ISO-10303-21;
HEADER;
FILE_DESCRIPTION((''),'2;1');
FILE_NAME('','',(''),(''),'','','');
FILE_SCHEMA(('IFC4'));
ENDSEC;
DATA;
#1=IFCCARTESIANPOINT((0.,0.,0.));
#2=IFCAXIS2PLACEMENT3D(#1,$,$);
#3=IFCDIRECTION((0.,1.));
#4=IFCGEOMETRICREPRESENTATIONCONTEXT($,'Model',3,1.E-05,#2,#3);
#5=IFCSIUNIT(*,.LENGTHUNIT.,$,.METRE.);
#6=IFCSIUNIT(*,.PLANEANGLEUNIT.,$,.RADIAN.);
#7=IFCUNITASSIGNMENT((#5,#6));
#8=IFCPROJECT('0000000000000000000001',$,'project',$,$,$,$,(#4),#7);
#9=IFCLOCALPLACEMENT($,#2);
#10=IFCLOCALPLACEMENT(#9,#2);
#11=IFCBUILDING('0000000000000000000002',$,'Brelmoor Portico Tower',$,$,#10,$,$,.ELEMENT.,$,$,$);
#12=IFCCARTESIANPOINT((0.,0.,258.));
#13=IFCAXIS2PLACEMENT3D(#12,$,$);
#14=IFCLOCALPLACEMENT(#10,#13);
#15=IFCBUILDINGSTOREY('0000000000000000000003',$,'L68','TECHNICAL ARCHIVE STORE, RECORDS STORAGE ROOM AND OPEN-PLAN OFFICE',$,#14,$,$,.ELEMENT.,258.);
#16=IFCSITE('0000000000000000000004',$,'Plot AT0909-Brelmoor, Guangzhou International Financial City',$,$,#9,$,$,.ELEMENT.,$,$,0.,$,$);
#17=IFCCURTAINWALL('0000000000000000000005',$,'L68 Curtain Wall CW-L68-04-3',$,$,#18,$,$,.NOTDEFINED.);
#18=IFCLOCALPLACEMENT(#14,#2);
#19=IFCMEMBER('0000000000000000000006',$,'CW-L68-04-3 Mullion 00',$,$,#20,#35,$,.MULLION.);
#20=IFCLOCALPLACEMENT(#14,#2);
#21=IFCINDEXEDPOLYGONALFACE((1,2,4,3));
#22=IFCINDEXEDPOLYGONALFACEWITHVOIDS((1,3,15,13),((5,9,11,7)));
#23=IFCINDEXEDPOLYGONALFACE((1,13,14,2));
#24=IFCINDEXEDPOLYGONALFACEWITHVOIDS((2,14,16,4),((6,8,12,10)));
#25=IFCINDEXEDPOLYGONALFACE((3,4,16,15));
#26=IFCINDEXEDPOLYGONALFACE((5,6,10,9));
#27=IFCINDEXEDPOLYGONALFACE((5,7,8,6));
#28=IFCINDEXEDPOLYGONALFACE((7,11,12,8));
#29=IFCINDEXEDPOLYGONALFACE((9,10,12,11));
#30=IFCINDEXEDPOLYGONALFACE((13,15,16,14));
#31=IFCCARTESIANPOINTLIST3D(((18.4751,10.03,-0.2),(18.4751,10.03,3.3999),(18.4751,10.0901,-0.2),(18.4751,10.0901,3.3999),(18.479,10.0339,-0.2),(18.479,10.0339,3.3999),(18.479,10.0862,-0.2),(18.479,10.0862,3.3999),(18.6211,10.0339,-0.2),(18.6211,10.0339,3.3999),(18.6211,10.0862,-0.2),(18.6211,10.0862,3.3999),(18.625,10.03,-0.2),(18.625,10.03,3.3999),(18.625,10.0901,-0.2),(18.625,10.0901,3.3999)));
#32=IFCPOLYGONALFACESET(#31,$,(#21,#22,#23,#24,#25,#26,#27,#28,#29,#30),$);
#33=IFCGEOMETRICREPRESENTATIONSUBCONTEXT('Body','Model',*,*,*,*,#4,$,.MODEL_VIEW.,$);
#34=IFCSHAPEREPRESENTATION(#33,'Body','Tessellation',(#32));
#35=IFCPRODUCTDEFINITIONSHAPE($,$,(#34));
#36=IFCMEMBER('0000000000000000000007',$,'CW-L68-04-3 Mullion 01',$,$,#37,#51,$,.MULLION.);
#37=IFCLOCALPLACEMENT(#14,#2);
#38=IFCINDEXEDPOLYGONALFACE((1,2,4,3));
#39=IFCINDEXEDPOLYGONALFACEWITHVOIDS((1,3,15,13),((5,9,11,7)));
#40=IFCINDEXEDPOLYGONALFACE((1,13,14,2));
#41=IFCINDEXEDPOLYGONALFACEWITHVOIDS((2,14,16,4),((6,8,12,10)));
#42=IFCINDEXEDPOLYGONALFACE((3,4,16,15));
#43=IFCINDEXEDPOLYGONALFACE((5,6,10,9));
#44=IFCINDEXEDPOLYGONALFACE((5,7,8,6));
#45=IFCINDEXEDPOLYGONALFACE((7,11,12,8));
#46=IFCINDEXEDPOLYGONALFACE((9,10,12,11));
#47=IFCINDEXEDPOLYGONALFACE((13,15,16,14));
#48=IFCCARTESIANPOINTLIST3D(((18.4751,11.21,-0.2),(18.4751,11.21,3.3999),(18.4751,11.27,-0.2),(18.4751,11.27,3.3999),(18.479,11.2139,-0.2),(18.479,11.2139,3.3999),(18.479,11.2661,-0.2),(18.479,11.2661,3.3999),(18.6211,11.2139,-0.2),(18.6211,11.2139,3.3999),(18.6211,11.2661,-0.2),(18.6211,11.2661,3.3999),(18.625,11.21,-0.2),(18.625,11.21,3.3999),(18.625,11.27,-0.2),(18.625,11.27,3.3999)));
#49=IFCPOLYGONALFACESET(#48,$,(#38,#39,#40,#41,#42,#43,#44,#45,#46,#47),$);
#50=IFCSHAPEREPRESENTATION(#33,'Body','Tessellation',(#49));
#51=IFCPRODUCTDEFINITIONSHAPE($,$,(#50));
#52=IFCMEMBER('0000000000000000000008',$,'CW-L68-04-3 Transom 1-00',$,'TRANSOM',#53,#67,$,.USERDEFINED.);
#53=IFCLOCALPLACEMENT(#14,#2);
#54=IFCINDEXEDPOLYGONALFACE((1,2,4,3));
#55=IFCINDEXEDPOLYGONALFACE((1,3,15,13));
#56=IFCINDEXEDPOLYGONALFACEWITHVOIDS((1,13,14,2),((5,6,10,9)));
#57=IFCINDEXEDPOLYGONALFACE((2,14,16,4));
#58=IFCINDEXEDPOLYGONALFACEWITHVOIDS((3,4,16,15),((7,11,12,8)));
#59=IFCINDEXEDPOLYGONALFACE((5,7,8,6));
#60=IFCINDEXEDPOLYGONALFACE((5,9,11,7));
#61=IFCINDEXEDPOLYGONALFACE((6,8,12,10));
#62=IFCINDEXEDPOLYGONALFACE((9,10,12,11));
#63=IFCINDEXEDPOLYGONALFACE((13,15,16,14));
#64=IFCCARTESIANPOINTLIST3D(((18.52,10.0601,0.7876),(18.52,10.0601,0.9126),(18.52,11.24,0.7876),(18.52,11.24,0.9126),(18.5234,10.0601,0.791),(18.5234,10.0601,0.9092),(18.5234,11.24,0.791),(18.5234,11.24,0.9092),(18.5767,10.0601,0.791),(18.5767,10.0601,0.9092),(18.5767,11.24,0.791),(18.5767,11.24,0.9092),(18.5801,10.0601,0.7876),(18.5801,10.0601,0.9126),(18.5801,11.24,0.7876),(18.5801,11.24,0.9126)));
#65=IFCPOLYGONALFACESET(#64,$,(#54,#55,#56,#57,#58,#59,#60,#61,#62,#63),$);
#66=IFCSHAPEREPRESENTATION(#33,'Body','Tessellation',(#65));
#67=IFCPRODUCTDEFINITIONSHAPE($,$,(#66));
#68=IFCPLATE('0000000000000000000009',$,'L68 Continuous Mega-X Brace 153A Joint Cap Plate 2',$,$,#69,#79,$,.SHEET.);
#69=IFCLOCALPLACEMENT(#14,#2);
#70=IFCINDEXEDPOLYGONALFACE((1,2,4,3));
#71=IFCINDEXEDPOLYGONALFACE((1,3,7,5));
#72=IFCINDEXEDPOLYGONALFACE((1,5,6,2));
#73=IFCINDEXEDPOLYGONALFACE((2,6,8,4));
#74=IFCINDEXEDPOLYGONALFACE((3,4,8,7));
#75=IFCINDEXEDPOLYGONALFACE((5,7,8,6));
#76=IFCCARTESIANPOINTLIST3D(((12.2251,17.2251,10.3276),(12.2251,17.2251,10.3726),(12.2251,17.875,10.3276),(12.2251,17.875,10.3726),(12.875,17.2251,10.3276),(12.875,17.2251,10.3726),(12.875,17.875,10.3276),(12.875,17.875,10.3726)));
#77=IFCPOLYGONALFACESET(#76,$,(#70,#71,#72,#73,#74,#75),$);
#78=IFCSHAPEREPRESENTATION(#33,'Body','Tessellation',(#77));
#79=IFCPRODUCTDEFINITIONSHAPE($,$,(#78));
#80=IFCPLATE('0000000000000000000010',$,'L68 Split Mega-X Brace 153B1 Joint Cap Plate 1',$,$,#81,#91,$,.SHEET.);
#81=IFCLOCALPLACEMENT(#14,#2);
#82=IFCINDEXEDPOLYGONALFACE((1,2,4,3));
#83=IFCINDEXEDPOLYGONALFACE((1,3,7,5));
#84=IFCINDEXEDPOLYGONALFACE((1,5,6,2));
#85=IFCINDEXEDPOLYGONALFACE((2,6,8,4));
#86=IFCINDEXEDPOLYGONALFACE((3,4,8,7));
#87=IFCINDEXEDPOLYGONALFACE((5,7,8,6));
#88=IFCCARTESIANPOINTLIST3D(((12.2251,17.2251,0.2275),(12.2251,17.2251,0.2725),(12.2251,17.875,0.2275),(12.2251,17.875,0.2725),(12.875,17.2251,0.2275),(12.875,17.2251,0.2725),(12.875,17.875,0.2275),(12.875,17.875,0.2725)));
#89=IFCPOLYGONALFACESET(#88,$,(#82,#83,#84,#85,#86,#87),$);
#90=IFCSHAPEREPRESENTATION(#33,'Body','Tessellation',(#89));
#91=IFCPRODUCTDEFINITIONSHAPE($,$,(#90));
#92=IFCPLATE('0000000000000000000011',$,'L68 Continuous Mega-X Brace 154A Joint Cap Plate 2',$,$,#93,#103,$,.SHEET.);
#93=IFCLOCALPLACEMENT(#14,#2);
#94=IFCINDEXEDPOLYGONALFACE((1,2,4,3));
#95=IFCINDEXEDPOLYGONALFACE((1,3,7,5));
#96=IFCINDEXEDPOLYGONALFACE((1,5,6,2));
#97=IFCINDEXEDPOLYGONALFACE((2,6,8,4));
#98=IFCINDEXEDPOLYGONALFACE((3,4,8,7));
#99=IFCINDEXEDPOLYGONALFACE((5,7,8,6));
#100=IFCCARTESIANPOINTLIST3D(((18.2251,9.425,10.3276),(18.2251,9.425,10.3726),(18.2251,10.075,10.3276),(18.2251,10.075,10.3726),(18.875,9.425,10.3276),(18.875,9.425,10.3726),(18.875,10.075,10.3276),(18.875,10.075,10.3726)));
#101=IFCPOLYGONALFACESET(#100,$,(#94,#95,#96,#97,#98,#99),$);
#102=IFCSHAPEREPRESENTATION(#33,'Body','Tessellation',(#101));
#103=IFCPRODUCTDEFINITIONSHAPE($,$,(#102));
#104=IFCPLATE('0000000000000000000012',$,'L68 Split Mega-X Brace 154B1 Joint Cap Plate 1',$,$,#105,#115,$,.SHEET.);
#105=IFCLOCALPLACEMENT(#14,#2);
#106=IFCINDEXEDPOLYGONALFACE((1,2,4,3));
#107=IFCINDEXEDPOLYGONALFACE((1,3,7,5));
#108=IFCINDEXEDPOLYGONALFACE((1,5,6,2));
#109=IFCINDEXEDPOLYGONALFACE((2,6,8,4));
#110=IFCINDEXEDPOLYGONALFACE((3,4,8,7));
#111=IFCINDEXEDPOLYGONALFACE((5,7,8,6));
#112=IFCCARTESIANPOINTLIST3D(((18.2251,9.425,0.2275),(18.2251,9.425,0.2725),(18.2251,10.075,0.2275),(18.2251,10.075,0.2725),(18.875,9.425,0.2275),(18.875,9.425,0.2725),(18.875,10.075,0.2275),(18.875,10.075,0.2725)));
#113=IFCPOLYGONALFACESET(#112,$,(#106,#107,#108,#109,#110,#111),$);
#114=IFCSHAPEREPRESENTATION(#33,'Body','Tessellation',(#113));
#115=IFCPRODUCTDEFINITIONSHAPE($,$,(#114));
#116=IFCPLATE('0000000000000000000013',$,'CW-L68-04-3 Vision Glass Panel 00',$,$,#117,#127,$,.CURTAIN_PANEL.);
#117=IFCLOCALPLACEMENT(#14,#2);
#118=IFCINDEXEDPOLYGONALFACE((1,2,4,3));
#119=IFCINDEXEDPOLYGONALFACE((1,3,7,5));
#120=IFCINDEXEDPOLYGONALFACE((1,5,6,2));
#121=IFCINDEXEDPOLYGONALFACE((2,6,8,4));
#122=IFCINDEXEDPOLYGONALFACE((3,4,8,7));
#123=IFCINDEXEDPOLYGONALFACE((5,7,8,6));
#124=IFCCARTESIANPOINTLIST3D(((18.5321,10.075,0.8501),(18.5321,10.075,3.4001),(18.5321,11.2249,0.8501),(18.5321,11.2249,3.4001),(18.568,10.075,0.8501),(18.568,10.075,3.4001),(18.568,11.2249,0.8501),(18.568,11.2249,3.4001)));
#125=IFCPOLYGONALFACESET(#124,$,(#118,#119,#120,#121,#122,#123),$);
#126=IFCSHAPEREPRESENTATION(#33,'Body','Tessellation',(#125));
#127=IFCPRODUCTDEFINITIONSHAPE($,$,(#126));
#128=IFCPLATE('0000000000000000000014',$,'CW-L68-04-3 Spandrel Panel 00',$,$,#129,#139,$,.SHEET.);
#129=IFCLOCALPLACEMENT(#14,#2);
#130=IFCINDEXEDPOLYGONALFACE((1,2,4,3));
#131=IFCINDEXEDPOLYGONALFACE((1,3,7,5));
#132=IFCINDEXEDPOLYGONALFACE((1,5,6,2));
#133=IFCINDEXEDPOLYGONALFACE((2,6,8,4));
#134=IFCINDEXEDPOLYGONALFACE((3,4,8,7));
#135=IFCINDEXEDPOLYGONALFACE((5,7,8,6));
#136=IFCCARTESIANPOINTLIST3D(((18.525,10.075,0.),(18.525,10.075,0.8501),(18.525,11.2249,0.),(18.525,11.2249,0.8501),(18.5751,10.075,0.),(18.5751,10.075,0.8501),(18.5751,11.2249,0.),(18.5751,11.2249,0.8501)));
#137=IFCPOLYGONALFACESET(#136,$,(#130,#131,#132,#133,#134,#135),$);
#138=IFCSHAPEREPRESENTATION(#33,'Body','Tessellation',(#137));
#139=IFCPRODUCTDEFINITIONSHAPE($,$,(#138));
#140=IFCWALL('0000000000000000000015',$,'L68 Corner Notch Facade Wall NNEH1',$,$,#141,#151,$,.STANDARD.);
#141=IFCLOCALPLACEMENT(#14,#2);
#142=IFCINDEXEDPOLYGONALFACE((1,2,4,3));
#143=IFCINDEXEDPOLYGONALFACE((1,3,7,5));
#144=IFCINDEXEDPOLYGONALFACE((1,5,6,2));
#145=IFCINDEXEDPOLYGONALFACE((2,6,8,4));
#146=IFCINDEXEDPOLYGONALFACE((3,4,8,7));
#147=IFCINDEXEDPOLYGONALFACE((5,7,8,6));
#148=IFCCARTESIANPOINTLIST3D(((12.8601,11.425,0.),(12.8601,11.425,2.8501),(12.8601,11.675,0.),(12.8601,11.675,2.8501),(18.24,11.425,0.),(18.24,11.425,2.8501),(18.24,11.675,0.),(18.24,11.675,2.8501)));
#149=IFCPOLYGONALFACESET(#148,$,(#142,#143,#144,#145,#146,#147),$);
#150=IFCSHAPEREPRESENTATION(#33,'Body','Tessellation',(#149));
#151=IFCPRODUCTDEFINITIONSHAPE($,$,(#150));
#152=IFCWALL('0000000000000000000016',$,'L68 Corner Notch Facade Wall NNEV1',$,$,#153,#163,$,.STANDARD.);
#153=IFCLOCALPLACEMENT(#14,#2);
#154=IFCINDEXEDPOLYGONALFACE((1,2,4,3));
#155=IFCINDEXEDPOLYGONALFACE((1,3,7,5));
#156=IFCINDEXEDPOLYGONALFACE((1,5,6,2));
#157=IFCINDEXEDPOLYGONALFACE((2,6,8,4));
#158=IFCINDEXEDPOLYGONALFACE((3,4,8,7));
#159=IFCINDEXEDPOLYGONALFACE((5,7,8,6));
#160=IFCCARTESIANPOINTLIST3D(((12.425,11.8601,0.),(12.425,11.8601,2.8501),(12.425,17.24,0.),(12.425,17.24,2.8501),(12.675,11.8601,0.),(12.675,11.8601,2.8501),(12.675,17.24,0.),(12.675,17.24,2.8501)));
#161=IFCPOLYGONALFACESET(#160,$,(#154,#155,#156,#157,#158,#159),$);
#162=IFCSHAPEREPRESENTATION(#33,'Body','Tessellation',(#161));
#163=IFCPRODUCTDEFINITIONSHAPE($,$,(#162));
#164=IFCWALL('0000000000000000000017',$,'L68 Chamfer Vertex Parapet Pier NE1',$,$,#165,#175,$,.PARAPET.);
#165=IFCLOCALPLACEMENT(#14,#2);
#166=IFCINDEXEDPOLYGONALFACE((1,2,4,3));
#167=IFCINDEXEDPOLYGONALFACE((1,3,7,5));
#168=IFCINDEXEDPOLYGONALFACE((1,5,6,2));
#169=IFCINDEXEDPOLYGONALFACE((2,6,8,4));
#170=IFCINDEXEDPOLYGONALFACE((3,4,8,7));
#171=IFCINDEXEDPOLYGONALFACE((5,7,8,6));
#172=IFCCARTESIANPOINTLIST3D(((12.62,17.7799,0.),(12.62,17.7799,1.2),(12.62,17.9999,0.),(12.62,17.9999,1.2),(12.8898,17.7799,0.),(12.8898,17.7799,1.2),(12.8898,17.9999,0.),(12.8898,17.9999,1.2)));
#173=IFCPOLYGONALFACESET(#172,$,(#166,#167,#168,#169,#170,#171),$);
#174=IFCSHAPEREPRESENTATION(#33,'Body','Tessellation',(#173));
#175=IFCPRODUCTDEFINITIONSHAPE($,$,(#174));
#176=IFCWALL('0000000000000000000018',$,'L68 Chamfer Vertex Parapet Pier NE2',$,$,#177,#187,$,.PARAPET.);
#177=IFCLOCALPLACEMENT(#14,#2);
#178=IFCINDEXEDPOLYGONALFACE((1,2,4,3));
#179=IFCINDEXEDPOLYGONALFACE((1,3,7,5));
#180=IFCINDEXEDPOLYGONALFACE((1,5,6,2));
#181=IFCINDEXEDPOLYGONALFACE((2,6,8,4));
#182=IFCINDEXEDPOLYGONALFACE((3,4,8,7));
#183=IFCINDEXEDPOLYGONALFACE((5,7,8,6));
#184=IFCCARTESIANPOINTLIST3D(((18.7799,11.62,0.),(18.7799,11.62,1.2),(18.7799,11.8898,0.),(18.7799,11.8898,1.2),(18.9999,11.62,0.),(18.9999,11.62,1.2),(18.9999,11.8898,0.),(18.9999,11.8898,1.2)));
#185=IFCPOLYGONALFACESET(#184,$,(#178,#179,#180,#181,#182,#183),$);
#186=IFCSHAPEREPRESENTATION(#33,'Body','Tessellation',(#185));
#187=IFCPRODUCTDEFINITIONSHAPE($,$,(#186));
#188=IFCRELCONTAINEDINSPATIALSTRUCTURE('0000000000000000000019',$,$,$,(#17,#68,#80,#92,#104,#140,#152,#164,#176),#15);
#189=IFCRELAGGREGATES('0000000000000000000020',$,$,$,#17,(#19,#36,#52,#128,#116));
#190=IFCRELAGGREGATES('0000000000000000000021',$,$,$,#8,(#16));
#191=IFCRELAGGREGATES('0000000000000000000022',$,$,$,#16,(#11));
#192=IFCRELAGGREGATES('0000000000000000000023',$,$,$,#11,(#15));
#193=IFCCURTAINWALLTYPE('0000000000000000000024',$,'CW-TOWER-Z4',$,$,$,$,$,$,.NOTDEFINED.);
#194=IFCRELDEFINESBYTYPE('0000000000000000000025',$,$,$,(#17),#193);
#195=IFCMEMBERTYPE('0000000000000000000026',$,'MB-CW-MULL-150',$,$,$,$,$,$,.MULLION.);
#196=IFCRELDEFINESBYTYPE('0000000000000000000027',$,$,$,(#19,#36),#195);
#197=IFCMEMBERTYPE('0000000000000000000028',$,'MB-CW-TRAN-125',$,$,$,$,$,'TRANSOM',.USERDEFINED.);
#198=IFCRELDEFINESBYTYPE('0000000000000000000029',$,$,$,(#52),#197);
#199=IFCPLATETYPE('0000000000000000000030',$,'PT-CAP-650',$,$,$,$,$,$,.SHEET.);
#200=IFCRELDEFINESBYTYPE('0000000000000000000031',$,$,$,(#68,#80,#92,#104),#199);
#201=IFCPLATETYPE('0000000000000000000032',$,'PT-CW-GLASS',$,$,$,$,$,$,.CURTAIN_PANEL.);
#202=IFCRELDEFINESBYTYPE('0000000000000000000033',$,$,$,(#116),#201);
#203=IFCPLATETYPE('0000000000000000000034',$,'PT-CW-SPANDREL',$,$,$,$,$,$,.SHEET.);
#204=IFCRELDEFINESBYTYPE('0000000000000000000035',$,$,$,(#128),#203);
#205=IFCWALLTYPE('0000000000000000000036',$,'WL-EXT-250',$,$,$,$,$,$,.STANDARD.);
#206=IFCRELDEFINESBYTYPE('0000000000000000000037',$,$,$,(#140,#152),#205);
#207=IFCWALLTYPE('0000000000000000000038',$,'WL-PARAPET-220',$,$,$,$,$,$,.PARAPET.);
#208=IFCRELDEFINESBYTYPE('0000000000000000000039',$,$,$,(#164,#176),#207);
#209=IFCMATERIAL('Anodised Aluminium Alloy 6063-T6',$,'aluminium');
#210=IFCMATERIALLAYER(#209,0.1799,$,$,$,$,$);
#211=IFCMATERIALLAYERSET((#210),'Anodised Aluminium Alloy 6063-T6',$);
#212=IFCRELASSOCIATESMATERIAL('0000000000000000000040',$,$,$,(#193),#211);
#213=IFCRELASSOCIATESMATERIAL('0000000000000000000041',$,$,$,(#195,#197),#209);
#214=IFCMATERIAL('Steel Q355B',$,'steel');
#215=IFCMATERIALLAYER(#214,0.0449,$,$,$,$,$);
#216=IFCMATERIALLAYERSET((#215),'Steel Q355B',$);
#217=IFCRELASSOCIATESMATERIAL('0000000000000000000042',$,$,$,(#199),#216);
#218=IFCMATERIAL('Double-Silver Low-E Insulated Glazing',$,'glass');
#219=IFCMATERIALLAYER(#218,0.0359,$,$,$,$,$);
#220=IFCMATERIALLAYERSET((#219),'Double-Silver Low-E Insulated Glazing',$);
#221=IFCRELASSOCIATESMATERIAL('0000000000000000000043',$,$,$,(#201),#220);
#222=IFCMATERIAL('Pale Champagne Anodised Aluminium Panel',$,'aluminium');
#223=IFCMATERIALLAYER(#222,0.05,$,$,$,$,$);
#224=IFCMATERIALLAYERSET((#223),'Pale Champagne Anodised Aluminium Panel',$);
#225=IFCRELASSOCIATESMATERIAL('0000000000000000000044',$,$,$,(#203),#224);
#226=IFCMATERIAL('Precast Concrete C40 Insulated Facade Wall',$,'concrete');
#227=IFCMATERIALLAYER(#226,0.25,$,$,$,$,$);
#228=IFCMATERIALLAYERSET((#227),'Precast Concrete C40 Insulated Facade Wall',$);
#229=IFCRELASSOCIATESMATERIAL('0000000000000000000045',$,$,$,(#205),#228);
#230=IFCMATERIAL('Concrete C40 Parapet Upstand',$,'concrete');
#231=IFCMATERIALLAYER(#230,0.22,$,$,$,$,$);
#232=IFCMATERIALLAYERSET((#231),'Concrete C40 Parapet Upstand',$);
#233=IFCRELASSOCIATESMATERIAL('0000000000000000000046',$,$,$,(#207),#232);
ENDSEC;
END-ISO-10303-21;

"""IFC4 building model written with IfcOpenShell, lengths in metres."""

from ifc_helpers import new_model, si_unit, direction, frame, frame_2d, origin, origin_2d, place, context, subcontext, project, spatial, rectangle, hollow_rectangle, extrude, material, layer, layer_set, material_profile, profile_set, type_object, element, aggregate, save


model = new_model("IFC4")

# Units and contexts
model_context = context("Model", 3, precision=1e-05, world=origin(), true_north=direction((0.0, 1.0)))
body_context = subcontext(model_context, "Body", "Model", "MODEL_VIEW")
ifc_project = project(units=[si_unit("LENGTHUNIT", "METRE"), si_unit("PLANEANGLEUNIT", "RADIAN")], contexts=[model_context])

# Site, building, storey
site_placement = place(None, origin())
site = spatial("IfcSite", under=ifc_project, at=site_placement, Name="Plot AT0909-Brelmoor, Guangzhou International Financial City", CompositionType="ELEMENT", RefElevation=0.0)
building_placement = place(site_placement, origin())
building = spatial("IfcBuilding", under=site, at=building_placement, Name="Brelmoor Portico Tower", CompositionType="ELEMENT")
storey_placement = place(building_placement, frame((0.0, 0.0, 258.0)))
storey = spatial("IfcBuildingStorey", under=building, at=storey_placement, Name="L68", Description="TECHNICAL ARCHIVE STORE, RECORDS STORAGE ROOM AND OPEN-PLAN OFFICE", CompositionType="ELEMENT", Elevation=258.0)

# Shared definitions
ifc_material_1 = material(Name="Steel Q355B", Category="steel")

# Curtain wall, members
ifc_material_2 = material(Name="Anodised Aluminium Alloy 6063-T6", Category="aluminium")
ifc_layer_1 = layer(ifc_material_2, 0.1799)
ifc_layer_set_1 = layer_set([ifc_layer_1], Name="Anodised Aluminium Alloy 6063-T6")
curtain_wall_type = type_object("IfcCurtainWallType", Name="CW-TOWER-Z4", PredefinedType="NOTDEFINED", material=ifc_layer_set_1)
curtain_wall_placement = place(storey_placement, origin())
curtain_wall = element("IfcCurtainWall", 1, at=curtain_wall_placement, inside=storey, type_object=curtain_wall_type, Name="L68 Curtain Wall CW-L68-04-3", PredefinedType="NOTDEFINED")
ifc_material_profile_1 = material_profile(ifc_material_2, hollow_rectangle(XDim=0.0601, YDim=0.1499, WallThickness=0.0039, at=origin_2d()), Name="ALU MULLION 60x150")
ifc_profile_set_1 = profile_set([ifc_material_profile_1], Name="Anodised Aluminium Alloy 6063-T6")
member_type_1 = type_object("IfcMemberType", Name="MB-CW-MULL-150", PredefinedType="MULLION", material=ifc_profile_set_1)
member_1_placement = place(storey_placement, frame((18.55, 10.0601, -0.2), z_axis=(0.0, 0.0, 1.0), x_axis=(0.0, 1.0, 0.0)))
member_1 = element("IfcMember", 2, at=member_1_placement, type_object=member_type_1, Name="CW-L68-04-3 Mullion 00", PredefinedType="MULLION", context=body_context, shape_type="SweptSolid", body=[
    extrude(hollow_rectangle(XDim=0.0601, YDim=0.1499, WallThickness=0.0039, at=origin_2d()), origin(), (0.0, 0.0, 1.0), 3.5999),
])
member_2_placement = place(storey_placement, frame((18.55, 11.24, -0.2), z_axis=(0.0, 0.0, 1.0), x_axis=(0.0, 1.0, 0.0)))
member_2 = element("IfcMember", 3, at=member_2_placement, type_object=member_type_1, Name="CW-L68-04-3 Mullion 01", PredefinedType="MULLION", context=body_context, shape_type="SweptSolid", body=[
    extrude(hollow_rectangle(XDim=0.0601, YDim=0.1499, WallThickness=0.0039, at=origin_2d()), origin(), (0.0, 0.0, 1.0), 3.5999),
])
ifc_material_profile_2 = material_profile(ifc_material_2, hollow_rectangle(XDim=0.0601, YDim=0.125, WallThickness=0.0034, at=origin_2d()), Name="ALU TRANSOM 60x125")
ifc_profile_set_2 = profile_set([ifc_material_profile_2], Name="Anodised Aluminium Alloy 6063-T6")
member_type_2 = type_object("IfcMemberType", Name="MB-CW-TRAN-125", ElementType="TRANSOM", PredefinedType="USERDEFINED", material=ifc_profile_set_2)
member_3_placement = place(storey_placement, frame((18.55, 10.0601, 0.8501), z_axis=(0.0, 1.0, 0.0), x_axis=(-1.0, 0.0, 0.0)))
member_3 = element("IfcMember", 4, at=member_3_placement, type_object=member_type_2, Name="CW-L68-04-3 Transom 1-00", ObjectType="TRANSOM", PredefinedType="USERDEFINED", context=body_context, shape_type="SweptSolid", body=[
    extrude(hollow_rectangle(XDim=0.0601, YDim=0.125, WallThickness=0.0034, at=origin_2d()), origin(), (0.0, 0.0, 1.0), 1.1799),
])

# Plates
ifc_layer_2 = layer(ifc_material_1, 0.0449)
ifc_layer_set_2 = layer_set([ifc_layer_2], Name="Steel Q355B")
plate_type_1 = type_object("IfcPlateType", Name="PT-CAP-650", PredefinedType="SHEET", material=ifc_layer_set_2)
for number, where, z_axis, x_axis, name in (
    (5, (12.55, 17.55, 10.3276), (0.0, 0.0, 1.0), (1.0, 0.0, 0.0), "L68 Continuous Mega-X Brace 153A Joint Cap Plate 2"),
    (6, (12.55, 17.55, 0.2275), (0.0, 0.0, 1.0), (1.0, 0.0, 0.0), "L68 Split Mega-X Brace 153B1 Joint Cap Plate 1"),
    (7, (18.55, 9.75, 10.3276), (0.0, 0.0, 1.0), (1.0, 0.0, 0.0), "L68 Continuous Mega-X Brace 154A Joint Cap Plate 2"),
    (8, (18.55, 9.75, 0.2275), (0.0, 0.0, 1.0), (1.0, 0.0, 0.0), "L68 Split Mega-X Brace 154B1 Joint Cap Plate 1"),
):
    element("IfcPlate", number, at=place(storey_placement, frame(where, z_axis=z_axis, x_axis=x_axis)), inside=storey, type_object=plate_type_1, Name=name, PredefinedType="SHEET", context=body_context, shape_type="SweptSolid", body=[
        extrude(rectangle(XDim=0.6499, YDim=0.6499, at=origin_2d()), origin(), (0.0, 0.0, 1.0), 0.0449),
    ])

# Plates
ifc_material_3 = material(Name="Double-Silver Low-E Insulated Glazing", Category="glass")
ifc_layer_3 = layer(ifc_material_3, 0.0359)
ifc_layer_set_3 = layer_set([ifc_layer_3], Name="Double-Silver Low-E Insulated Glazing")
plate_type_2 = type_object("IfcPlateType", Name="PT-CW-GLASS", PredefinedType="CURTAIN_PANEL", material=ifc_layer_set_3)
plate_1_placement = place(storey_placement, frame((18.55, 10.6499, 0.8501), z_axis=(0.0, 0.0, 1.0), x_axis=(0.0, 1.0, 0.0)))
plate_1 = element("IfcPlate", 9, at=plate_1_placement, type_object=plate_type_2, Name="CW-L68-04-3 Vision Glass Panel 00", PredefinedType="CURTAIN_PANEL", context=body_context, shape_type="SweptSolid", body=[
    extrude(rectangle(XDim=1.1499, YDim=0.0359, at=origin_2d()), origin(), (0.0, 0.0, 1.0), 2.55),
])
ifc_material_4 = material(Name="Pale Champagne Anodised Aluminium Panel", Category="aluminium")
ifc_layer_4 = layer(ifc_material_4, 0.05)
ifc_layer_set_4 = layer_set([ifc_layer_4], Name="Pale Champagne Anodised Aluminium Panel")
plate_type_3 = type_object("IfcPlateType", Name="PT-CW-SPANDREL", PredefinedType="SHEET", material=ifc_layer_set_4)
plate_2_placement = place(storey_placement, frame((18.55, 10.6499, 0.0), z_axis=(0.0, 0.0, 1.0), x_axis=(0.0, 1.0, 0.0)))
plate_2 = element("IfcPlate", 10, at=plate_2_placement, type_object=plate_type_3, Name="CW-L68-04-3 Spandrel Panel 00", PredefinedType="SHEET", context=body_context, shape_type="SweptSolid", body=[
    extrude(rectangle(XDim=1.1499, YDim=0.05, at=origin_2d()), origin(), (0.0, 0.0, 1.0), 0.8501),
])
aggregate(curtain_wall, [member_1, member_2, member_3, plate_2, plate_1])

# Walls
ifc_material_5 = material(Name="Precast Concrete C40 Insulated Facade Wall", Category="concrete")
ifc_layer_5 = layer(ifc_material_5, 0.25)
ifc_layer_set_5 = layer_set([ifc_layer_5], Name="Precast Concrete C40 Insulated Facade Wall")
wall_type_1 = type_object("IfcWallType", Name="WL-EXT-250", PredefinedType="STANDARD", material=ifc_layer_set_5)
for number, where, z_axis, x_axis, name in (
    (11, (12.8601, 11.55, 0.0), (0.0, 0.0, 1.0), (1.0, 0.0, 0.0), "L68 Corner Notch Facade Wall NNEH1"),
    (12, (12.55, 11.8601, 0.0), (0.0, 0.0, 1.0), (0.0, 1.0, 0.0), "L68 Corner Notch Facade Wall NNEV1"),
):
    element("IfcWall", number, at=place(storey_placement, frame(where, z_axis=z_axis, x_axis=x_axis)), inside=storey, type_object=wall_type_1, Name=name, PredefinedType="STANDARD", context=body_context, shape_type="SweptSolid", body=[
        extrude(rectangle(XDim=5.3799, YDim=0.25, at=frame_2d((2.6899, 0.0))), origin(), (0.0, 0.0, 1.0), 2.8501),
    ])
ifc_material_6 = material(Name="Concrete C40 Parapet Upstand", Category="concrete")
ifc_layer_6 = layer(ifc_material_6, 0.22)
ifc_layer_set_6 = layer_set([ifc_layer_6], Name="Concrete C40 Parapet Upstand")
wall_type_2 = type_object("IfcWallType", Name="WL-PARAPET-220", PredefinedType="PARAPET", material=ifc_layer_set_6)
for number, where, z_axis, x_axis, name in (
    (13, (12.6201, 17.8899, 0.0), (0.0, 0.0, 1.0), (1.0, 0.0, 0.0), "L68 Chamfer Vertex Parapet Pier NE1"),
    (14, (18.8899, 11.6201, 0.0), (0.0, 0.0, 1.0), (0.0, 1.0, 0.0), "L68 Chamfer Vertex Parapet Pier NE2"),
):
    element("IfcWall", number, at=place(storey_placement, frame(where, z_axis=z_axis, x_axis=x_axis)), inside=storey, type_object=wall_type_2, Name=name, PredefinedType="PARAPET", context=body_context, shape_type="SweptSolid", body=[
        extrude(rectangle(XDim=0.2698, YDim=0.22, at=frame_2d((0.1348, 0.0))), origin(), (0.0, 0.0, 1.0), 1.2),
    ])

save(model, "model.ifc")
